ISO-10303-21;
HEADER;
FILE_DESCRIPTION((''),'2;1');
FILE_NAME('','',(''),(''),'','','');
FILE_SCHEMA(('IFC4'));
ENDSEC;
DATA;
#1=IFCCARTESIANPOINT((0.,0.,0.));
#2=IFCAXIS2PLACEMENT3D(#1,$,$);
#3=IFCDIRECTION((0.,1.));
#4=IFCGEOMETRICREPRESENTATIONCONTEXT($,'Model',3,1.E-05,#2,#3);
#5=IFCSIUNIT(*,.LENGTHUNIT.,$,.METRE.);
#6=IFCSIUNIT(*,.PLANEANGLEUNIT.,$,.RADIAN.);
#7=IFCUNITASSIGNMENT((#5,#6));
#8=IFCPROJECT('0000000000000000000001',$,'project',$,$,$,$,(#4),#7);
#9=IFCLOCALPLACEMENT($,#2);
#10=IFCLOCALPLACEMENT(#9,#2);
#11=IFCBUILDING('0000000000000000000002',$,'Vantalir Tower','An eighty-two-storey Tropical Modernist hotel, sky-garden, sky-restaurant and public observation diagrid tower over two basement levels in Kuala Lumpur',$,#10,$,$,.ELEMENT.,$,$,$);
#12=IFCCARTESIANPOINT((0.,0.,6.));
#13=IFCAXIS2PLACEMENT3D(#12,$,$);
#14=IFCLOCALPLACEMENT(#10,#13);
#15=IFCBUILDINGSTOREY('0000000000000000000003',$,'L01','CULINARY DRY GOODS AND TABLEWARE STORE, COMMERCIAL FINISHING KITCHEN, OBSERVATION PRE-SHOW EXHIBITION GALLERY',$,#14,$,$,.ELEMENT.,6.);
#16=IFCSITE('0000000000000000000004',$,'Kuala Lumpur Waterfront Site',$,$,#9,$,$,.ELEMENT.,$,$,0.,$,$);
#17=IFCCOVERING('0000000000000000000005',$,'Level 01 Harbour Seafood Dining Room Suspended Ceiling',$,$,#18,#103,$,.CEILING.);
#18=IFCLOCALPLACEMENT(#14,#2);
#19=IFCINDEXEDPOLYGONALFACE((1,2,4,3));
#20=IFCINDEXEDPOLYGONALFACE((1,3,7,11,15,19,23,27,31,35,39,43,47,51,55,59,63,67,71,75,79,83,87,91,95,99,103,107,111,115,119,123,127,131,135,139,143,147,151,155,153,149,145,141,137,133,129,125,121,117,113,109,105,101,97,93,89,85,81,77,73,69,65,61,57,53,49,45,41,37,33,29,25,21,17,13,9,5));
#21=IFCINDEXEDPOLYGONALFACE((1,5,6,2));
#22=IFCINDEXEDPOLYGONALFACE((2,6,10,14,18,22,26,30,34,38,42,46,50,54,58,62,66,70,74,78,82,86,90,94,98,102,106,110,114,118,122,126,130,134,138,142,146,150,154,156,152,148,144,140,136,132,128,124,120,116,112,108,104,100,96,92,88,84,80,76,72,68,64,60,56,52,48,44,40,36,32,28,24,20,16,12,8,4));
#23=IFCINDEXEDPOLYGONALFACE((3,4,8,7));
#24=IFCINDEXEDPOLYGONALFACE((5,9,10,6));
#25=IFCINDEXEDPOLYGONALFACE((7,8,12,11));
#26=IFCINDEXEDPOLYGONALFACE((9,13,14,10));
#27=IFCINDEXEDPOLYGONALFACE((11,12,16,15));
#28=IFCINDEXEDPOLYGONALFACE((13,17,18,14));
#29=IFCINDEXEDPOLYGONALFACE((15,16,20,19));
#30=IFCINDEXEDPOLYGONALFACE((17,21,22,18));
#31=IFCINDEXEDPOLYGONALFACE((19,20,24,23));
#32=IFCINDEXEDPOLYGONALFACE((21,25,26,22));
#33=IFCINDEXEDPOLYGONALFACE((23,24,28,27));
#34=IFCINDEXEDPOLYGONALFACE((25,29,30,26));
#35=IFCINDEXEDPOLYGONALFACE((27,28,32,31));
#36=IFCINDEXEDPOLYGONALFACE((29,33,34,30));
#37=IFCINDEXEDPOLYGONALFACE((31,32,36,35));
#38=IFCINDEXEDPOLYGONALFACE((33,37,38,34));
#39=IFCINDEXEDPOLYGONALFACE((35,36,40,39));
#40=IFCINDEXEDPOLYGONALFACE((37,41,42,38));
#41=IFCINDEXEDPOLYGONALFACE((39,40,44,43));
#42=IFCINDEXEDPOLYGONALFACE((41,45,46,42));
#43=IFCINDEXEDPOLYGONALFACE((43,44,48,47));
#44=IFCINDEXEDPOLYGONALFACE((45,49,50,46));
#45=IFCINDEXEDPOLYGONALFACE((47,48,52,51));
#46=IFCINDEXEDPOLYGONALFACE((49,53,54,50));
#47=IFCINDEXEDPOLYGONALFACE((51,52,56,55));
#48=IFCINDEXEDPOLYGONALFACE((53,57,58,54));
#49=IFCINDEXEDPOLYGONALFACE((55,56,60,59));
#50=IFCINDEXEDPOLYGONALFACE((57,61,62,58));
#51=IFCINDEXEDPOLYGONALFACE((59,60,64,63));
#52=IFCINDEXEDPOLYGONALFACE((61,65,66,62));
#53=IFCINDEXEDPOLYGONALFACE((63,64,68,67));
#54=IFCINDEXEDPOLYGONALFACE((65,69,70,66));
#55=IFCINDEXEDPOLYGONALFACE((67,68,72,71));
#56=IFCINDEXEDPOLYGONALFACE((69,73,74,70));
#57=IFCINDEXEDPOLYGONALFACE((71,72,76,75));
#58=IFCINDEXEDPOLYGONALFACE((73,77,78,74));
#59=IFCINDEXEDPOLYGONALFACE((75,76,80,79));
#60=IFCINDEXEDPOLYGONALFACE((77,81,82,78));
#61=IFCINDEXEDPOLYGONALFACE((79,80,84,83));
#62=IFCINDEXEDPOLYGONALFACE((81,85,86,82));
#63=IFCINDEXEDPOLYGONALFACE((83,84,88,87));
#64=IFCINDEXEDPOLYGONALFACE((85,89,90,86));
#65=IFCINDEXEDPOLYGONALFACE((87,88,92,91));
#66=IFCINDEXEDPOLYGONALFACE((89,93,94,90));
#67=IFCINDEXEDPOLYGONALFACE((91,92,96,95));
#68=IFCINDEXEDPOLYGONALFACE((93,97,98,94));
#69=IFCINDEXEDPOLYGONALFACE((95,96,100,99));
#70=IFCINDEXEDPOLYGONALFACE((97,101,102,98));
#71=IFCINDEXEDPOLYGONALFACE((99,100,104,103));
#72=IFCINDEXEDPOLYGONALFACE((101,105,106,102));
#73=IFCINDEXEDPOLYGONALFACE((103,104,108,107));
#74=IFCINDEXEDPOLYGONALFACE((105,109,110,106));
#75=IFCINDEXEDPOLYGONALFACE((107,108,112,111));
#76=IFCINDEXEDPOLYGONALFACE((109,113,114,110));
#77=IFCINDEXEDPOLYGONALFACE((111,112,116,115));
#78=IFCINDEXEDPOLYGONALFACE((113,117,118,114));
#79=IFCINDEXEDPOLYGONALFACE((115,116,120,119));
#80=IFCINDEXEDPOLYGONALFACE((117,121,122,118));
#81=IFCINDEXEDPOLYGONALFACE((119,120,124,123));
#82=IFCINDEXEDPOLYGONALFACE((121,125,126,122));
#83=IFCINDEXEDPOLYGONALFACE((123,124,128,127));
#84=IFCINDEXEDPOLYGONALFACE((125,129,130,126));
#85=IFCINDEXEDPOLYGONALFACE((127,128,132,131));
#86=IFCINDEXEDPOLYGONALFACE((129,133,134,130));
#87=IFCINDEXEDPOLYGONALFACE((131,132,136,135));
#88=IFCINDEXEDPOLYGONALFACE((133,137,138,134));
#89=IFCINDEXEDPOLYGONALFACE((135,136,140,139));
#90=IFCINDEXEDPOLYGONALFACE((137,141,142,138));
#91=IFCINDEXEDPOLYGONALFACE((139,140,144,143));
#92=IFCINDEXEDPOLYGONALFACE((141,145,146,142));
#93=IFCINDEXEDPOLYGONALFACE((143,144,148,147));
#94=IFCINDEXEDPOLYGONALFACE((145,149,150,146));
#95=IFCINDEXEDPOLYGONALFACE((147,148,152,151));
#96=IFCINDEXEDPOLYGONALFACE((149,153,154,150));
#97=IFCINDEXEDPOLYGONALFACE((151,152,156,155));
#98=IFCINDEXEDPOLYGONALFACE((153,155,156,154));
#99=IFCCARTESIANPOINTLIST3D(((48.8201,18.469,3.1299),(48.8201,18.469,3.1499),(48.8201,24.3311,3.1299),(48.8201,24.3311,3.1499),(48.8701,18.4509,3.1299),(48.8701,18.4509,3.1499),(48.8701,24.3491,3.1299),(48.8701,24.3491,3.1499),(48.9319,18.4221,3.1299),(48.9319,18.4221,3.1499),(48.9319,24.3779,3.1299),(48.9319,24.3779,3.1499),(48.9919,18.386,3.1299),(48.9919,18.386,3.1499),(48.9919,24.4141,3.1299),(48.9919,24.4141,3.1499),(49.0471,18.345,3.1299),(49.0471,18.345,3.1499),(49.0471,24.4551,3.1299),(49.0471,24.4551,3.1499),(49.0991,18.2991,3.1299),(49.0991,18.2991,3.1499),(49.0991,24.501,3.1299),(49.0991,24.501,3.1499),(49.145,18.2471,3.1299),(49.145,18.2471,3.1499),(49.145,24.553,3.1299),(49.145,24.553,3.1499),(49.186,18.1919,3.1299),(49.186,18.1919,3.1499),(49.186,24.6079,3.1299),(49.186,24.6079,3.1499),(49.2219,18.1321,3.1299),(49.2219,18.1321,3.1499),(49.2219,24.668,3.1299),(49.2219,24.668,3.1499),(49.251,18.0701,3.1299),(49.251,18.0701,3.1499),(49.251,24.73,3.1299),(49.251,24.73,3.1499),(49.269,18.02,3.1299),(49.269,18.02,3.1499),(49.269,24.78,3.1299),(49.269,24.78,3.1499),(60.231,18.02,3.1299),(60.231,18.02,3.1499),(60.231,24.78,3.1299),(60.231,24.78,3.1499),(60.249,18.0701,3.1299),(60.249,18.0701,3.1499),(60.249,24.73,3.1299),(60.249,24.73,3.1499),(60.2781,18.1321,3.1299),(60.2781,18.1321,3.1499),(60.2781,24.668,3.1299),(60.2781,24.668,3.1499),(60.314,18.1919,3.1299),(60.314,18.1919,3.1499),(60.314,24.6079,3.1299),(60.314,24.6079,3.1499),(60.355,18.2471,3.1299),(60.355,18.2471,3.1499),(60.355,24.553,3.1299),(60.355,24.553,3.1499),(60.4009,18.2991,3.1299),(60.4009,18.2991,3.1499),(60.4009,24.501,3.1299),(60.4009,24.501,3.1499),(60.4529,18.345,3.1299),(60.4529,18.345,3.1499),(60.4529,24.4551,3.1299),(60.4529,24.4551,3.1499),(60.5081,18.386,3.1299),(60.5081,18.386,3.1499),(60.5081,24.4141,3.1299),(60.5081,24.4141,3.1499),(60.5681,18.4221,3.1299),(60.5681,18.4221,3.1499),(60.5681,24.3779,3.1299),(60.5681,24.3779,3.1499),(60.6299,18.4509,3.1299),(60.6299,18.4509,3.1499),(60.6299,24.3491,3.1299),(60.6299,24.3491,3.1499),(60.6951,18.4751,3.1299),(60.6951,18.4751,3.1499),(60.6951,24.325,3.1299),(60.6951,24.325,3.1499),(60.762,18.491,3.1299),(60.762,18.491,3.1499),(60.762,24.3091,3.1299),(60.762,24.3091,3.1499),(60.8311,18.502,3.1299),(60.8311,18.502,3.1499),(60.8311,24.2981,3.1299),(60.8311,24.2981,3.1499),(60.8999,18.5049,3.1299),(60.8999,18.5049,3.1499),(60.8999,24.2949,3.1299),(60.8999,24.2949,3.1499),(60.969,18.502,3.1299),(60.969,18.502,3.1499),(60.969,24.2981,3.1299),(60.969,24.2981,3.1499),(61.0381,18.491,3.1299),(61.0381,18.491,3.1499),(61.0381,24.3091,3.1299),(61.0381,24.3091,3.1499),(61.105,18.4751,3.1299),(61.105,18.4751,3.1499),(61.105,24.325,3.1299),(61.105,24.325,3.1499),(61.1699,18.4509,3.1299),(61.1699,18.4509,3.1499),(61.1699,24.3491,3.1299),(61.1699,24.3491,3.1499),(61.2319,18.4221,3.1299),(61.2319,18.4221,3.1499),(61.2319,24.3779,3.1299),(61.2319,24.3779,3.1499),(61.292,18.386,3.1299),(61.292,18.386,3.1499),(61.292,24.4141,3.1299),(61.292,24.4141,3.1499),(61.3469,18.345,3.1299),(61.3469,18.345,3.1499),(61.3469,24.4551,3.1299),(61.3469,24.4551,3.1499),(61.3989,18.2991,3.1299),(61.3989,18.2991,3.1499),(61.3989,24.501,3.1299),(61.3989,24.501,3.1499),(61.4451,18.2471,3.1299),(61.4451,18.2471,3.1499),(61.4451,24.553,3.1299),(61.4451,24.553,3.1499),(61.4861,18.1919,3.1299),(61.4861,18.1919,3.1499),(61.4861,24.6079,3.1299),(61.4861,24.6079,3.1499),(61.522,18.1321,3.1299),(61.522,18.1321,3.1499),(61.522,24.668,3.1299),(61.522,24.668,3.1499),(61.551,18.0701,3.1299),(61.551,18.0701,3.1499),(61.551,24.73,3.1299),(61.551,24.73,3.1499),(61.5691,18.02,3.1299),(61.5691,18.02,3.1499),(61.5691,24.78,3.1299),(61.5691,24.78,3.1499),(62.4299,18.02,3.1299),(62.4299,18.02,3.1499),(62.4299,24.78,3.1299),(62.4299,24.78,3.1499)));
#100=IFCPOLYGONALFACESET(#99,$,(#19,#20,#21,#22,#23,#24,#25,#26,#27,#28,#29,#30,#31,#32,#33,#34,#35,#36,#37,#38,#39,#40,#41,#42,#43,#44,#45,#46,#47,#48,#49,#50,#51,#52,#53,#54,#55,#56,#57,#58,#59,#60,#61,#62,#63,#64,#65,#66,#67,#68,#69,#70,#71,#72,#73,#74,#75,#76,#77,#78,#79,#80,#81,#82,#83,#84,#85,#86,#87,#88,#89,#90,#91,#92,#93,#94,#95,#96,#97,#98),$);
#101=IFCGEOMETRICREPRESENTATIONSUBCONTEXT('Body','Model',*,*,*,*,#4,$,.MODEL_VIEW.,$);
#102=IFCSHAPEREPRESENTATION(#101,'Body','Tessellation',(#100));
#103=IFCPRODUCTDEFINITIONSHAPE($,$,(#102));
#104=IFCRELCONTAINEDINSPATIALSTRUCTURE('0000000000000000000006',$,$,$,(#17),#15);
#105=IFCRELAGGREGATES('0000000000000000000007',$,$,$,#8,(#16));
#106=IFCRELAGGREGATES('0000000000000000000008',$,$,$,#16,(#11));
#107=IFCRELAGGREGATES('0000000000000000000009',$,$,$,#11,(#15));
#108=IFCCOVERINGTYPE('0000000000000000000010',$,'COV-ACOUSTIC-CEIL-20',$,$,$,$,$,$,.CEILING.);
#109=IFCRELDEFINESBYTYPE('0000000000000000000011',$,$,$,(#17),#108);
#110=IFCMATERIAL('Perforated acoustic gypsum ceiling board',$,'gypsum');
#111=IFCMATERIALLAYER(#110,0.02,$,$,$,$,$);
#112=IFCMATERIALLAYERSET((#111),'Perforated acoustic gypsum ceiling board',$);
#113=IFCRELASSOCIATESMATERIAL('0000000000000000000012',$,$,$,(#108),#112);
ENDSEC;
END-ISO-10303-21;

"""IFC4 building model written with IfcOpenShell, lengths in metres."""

from ifc_helpers import new_model, si_unit, direction, frame, origin, place, context, subcontext, project, spatial, polyline, outline, extrude, material, layer, layer_set, type_object, element, save


model = new_model("IFC4")

# Units and contexts
model_context = context("Model", 3, precision=1e-05, world=origin(), true_north=direction((0.0, 1.0)))
body_context = subcontext(model_context, "Body", "Model", "MODEL_VIEW")
ifc_project = project(units=[si_unit("LENGTHUNIT", "METRE"), si_unit("PLANEANGLEUNIT", "RADIAN")], contexts=[model_context])

# Site, building, storey
site_placement = place(None, origin())
site = spatial("IfcSite", under=ifc_project, at=site_placement, Name="Kuala Lumpur Waterfront Site", CompositionType="ELEMENT", RefElevation=0.0)
building_placement = place(site_placement, origin())
building = spatial("IfcBuilding", under=site, at=building_placement, Name="Vantalir Tower", Description="An eighty-two-storey Tropical Modernist hotel, sky-garden, sky-restaurant and public observation diagrid tower over two basement levels in Kuala Lumpur", CompositionType="ELEMENT")
storey_placement = place(building_placement, frame((0.0, 0.0, 6.0)))
storey = spatial("IfcBuildingStorey", under=building, at=storey_placement, Name="L01", Description="CULINARY DRY GOODS AND TABLEWARE STORE, COMMERCIAL FINISHING KITCHEN, OBSERVATION PRE-SHOW EXHIBITION GALLERY", CompositionType="ELEMENT", Elevation=6.0)

# Covering
ifc_material_1 = material(Name="Perforated acoustic gypsum ceiling board", Category="gypsum")
ifc_layer_1 = layer(ifc_material_1, 0.02)
ifc_layer_set_1 = layer_set([ifc_layer_1], Name="Perforated acoustic gypsum ceiling board")
covering_type_1 = type_object("IfcCoveringType", Name="COV-ACOUSTIC-CEIL-20", PredefinedType="CEILING", material=ifc_layer_set_1)
covering_1_placement = place(storey_placement, frame((0.0, 0.0, 3.1299)))
element("IfcCovering", 1, at=covering_1_placement, inside=storey, type_object=covering_type_1, Name="Level 01 Harbour Seafood Dining Room Suspended Ceiling", PredefinedType="CEILING", context=body_context, shape_type="SweptSolid", body=[
    extrude(outline(polyline([(62.4299, 24.78), (61.5691, 24.78), (61.551, 24.73), (61.522, 24.668), (61.4861, 24.6079), (61.4451, 24.553), (61.3989, 24.501), (61.3469, 24.4551), (61.292, 24.4141), (61.2319, 24.3779), (61.1699, 24.3491), (61.105, 24.325), (61.0381, 24.3091), (60.969, 24.2981), (60.8999, 24.2949), (60.8311, 24.2981), (60.762, 24.3091), (60.6951, 24.325), (60.6299, 24.3491), (60.5681, 24.3779), (60.5081, 24.4141), (60.4529, 24.4551), (60.4009, 24.501), (60.355, 24.553), (60.314, 24.6079), (60.2781, 24.668), (60.249, 24.73), (60.231, 24.78), (49.269, 24.78), (49.251, 24.73), (49.2219, 24.668), (49.186, 24.6079), (49.145, 24.553), (49.0991, 24.501), (49.0471, 24.4551), (48.9919, 24.4141), (48.9319, 24.3779), (48.8701, 24.3491), (48.8201, 24.3311), (48.8201, 18.469), (48.8701, 18.4509), (48.9319, 18.4221), (48.9919, 18.386), (49.0471, 18.345), (49.0991, 18.2991), (49.145, 18.2471), (49.186, 18.1919), (49.2219, 18.1321), (49.251, 18.0701), (49.269, 18.02), (60.231, 18.02), (60.249, 18.0701), (60.2781, 18.1321), (60.314, 18.1919), (60.355, 18.2471), (60.4009, 18.2991), (60.4529, 18.345), (60.5081, 18.386), (60.5681, 18.4221), (60.6299, 18.4509), (60.6951, 18.4751), (60.762, 18.491), (60.8311, 18.502), (60.8999, 18.5049), (60.969, 18.502), (61.0381, 18.491), (61.105, 18.4751), (61.1699, 18.4509), (61.2319, 18.4221), (61.292, 18.386), (61.3469, 18.345), (61.3989, 18.2991), (61.4451, 18.2471), (61.4861, 18.1919), (61.522, 18.1321), (61.551, 18.0701), (61.5691, 18.02), (62.4299, 18.02), (62.4299, 24.78)])), origin(), (0.0, 0.0, 1.0), 0.02),
])

save(model, "model.ifc")
